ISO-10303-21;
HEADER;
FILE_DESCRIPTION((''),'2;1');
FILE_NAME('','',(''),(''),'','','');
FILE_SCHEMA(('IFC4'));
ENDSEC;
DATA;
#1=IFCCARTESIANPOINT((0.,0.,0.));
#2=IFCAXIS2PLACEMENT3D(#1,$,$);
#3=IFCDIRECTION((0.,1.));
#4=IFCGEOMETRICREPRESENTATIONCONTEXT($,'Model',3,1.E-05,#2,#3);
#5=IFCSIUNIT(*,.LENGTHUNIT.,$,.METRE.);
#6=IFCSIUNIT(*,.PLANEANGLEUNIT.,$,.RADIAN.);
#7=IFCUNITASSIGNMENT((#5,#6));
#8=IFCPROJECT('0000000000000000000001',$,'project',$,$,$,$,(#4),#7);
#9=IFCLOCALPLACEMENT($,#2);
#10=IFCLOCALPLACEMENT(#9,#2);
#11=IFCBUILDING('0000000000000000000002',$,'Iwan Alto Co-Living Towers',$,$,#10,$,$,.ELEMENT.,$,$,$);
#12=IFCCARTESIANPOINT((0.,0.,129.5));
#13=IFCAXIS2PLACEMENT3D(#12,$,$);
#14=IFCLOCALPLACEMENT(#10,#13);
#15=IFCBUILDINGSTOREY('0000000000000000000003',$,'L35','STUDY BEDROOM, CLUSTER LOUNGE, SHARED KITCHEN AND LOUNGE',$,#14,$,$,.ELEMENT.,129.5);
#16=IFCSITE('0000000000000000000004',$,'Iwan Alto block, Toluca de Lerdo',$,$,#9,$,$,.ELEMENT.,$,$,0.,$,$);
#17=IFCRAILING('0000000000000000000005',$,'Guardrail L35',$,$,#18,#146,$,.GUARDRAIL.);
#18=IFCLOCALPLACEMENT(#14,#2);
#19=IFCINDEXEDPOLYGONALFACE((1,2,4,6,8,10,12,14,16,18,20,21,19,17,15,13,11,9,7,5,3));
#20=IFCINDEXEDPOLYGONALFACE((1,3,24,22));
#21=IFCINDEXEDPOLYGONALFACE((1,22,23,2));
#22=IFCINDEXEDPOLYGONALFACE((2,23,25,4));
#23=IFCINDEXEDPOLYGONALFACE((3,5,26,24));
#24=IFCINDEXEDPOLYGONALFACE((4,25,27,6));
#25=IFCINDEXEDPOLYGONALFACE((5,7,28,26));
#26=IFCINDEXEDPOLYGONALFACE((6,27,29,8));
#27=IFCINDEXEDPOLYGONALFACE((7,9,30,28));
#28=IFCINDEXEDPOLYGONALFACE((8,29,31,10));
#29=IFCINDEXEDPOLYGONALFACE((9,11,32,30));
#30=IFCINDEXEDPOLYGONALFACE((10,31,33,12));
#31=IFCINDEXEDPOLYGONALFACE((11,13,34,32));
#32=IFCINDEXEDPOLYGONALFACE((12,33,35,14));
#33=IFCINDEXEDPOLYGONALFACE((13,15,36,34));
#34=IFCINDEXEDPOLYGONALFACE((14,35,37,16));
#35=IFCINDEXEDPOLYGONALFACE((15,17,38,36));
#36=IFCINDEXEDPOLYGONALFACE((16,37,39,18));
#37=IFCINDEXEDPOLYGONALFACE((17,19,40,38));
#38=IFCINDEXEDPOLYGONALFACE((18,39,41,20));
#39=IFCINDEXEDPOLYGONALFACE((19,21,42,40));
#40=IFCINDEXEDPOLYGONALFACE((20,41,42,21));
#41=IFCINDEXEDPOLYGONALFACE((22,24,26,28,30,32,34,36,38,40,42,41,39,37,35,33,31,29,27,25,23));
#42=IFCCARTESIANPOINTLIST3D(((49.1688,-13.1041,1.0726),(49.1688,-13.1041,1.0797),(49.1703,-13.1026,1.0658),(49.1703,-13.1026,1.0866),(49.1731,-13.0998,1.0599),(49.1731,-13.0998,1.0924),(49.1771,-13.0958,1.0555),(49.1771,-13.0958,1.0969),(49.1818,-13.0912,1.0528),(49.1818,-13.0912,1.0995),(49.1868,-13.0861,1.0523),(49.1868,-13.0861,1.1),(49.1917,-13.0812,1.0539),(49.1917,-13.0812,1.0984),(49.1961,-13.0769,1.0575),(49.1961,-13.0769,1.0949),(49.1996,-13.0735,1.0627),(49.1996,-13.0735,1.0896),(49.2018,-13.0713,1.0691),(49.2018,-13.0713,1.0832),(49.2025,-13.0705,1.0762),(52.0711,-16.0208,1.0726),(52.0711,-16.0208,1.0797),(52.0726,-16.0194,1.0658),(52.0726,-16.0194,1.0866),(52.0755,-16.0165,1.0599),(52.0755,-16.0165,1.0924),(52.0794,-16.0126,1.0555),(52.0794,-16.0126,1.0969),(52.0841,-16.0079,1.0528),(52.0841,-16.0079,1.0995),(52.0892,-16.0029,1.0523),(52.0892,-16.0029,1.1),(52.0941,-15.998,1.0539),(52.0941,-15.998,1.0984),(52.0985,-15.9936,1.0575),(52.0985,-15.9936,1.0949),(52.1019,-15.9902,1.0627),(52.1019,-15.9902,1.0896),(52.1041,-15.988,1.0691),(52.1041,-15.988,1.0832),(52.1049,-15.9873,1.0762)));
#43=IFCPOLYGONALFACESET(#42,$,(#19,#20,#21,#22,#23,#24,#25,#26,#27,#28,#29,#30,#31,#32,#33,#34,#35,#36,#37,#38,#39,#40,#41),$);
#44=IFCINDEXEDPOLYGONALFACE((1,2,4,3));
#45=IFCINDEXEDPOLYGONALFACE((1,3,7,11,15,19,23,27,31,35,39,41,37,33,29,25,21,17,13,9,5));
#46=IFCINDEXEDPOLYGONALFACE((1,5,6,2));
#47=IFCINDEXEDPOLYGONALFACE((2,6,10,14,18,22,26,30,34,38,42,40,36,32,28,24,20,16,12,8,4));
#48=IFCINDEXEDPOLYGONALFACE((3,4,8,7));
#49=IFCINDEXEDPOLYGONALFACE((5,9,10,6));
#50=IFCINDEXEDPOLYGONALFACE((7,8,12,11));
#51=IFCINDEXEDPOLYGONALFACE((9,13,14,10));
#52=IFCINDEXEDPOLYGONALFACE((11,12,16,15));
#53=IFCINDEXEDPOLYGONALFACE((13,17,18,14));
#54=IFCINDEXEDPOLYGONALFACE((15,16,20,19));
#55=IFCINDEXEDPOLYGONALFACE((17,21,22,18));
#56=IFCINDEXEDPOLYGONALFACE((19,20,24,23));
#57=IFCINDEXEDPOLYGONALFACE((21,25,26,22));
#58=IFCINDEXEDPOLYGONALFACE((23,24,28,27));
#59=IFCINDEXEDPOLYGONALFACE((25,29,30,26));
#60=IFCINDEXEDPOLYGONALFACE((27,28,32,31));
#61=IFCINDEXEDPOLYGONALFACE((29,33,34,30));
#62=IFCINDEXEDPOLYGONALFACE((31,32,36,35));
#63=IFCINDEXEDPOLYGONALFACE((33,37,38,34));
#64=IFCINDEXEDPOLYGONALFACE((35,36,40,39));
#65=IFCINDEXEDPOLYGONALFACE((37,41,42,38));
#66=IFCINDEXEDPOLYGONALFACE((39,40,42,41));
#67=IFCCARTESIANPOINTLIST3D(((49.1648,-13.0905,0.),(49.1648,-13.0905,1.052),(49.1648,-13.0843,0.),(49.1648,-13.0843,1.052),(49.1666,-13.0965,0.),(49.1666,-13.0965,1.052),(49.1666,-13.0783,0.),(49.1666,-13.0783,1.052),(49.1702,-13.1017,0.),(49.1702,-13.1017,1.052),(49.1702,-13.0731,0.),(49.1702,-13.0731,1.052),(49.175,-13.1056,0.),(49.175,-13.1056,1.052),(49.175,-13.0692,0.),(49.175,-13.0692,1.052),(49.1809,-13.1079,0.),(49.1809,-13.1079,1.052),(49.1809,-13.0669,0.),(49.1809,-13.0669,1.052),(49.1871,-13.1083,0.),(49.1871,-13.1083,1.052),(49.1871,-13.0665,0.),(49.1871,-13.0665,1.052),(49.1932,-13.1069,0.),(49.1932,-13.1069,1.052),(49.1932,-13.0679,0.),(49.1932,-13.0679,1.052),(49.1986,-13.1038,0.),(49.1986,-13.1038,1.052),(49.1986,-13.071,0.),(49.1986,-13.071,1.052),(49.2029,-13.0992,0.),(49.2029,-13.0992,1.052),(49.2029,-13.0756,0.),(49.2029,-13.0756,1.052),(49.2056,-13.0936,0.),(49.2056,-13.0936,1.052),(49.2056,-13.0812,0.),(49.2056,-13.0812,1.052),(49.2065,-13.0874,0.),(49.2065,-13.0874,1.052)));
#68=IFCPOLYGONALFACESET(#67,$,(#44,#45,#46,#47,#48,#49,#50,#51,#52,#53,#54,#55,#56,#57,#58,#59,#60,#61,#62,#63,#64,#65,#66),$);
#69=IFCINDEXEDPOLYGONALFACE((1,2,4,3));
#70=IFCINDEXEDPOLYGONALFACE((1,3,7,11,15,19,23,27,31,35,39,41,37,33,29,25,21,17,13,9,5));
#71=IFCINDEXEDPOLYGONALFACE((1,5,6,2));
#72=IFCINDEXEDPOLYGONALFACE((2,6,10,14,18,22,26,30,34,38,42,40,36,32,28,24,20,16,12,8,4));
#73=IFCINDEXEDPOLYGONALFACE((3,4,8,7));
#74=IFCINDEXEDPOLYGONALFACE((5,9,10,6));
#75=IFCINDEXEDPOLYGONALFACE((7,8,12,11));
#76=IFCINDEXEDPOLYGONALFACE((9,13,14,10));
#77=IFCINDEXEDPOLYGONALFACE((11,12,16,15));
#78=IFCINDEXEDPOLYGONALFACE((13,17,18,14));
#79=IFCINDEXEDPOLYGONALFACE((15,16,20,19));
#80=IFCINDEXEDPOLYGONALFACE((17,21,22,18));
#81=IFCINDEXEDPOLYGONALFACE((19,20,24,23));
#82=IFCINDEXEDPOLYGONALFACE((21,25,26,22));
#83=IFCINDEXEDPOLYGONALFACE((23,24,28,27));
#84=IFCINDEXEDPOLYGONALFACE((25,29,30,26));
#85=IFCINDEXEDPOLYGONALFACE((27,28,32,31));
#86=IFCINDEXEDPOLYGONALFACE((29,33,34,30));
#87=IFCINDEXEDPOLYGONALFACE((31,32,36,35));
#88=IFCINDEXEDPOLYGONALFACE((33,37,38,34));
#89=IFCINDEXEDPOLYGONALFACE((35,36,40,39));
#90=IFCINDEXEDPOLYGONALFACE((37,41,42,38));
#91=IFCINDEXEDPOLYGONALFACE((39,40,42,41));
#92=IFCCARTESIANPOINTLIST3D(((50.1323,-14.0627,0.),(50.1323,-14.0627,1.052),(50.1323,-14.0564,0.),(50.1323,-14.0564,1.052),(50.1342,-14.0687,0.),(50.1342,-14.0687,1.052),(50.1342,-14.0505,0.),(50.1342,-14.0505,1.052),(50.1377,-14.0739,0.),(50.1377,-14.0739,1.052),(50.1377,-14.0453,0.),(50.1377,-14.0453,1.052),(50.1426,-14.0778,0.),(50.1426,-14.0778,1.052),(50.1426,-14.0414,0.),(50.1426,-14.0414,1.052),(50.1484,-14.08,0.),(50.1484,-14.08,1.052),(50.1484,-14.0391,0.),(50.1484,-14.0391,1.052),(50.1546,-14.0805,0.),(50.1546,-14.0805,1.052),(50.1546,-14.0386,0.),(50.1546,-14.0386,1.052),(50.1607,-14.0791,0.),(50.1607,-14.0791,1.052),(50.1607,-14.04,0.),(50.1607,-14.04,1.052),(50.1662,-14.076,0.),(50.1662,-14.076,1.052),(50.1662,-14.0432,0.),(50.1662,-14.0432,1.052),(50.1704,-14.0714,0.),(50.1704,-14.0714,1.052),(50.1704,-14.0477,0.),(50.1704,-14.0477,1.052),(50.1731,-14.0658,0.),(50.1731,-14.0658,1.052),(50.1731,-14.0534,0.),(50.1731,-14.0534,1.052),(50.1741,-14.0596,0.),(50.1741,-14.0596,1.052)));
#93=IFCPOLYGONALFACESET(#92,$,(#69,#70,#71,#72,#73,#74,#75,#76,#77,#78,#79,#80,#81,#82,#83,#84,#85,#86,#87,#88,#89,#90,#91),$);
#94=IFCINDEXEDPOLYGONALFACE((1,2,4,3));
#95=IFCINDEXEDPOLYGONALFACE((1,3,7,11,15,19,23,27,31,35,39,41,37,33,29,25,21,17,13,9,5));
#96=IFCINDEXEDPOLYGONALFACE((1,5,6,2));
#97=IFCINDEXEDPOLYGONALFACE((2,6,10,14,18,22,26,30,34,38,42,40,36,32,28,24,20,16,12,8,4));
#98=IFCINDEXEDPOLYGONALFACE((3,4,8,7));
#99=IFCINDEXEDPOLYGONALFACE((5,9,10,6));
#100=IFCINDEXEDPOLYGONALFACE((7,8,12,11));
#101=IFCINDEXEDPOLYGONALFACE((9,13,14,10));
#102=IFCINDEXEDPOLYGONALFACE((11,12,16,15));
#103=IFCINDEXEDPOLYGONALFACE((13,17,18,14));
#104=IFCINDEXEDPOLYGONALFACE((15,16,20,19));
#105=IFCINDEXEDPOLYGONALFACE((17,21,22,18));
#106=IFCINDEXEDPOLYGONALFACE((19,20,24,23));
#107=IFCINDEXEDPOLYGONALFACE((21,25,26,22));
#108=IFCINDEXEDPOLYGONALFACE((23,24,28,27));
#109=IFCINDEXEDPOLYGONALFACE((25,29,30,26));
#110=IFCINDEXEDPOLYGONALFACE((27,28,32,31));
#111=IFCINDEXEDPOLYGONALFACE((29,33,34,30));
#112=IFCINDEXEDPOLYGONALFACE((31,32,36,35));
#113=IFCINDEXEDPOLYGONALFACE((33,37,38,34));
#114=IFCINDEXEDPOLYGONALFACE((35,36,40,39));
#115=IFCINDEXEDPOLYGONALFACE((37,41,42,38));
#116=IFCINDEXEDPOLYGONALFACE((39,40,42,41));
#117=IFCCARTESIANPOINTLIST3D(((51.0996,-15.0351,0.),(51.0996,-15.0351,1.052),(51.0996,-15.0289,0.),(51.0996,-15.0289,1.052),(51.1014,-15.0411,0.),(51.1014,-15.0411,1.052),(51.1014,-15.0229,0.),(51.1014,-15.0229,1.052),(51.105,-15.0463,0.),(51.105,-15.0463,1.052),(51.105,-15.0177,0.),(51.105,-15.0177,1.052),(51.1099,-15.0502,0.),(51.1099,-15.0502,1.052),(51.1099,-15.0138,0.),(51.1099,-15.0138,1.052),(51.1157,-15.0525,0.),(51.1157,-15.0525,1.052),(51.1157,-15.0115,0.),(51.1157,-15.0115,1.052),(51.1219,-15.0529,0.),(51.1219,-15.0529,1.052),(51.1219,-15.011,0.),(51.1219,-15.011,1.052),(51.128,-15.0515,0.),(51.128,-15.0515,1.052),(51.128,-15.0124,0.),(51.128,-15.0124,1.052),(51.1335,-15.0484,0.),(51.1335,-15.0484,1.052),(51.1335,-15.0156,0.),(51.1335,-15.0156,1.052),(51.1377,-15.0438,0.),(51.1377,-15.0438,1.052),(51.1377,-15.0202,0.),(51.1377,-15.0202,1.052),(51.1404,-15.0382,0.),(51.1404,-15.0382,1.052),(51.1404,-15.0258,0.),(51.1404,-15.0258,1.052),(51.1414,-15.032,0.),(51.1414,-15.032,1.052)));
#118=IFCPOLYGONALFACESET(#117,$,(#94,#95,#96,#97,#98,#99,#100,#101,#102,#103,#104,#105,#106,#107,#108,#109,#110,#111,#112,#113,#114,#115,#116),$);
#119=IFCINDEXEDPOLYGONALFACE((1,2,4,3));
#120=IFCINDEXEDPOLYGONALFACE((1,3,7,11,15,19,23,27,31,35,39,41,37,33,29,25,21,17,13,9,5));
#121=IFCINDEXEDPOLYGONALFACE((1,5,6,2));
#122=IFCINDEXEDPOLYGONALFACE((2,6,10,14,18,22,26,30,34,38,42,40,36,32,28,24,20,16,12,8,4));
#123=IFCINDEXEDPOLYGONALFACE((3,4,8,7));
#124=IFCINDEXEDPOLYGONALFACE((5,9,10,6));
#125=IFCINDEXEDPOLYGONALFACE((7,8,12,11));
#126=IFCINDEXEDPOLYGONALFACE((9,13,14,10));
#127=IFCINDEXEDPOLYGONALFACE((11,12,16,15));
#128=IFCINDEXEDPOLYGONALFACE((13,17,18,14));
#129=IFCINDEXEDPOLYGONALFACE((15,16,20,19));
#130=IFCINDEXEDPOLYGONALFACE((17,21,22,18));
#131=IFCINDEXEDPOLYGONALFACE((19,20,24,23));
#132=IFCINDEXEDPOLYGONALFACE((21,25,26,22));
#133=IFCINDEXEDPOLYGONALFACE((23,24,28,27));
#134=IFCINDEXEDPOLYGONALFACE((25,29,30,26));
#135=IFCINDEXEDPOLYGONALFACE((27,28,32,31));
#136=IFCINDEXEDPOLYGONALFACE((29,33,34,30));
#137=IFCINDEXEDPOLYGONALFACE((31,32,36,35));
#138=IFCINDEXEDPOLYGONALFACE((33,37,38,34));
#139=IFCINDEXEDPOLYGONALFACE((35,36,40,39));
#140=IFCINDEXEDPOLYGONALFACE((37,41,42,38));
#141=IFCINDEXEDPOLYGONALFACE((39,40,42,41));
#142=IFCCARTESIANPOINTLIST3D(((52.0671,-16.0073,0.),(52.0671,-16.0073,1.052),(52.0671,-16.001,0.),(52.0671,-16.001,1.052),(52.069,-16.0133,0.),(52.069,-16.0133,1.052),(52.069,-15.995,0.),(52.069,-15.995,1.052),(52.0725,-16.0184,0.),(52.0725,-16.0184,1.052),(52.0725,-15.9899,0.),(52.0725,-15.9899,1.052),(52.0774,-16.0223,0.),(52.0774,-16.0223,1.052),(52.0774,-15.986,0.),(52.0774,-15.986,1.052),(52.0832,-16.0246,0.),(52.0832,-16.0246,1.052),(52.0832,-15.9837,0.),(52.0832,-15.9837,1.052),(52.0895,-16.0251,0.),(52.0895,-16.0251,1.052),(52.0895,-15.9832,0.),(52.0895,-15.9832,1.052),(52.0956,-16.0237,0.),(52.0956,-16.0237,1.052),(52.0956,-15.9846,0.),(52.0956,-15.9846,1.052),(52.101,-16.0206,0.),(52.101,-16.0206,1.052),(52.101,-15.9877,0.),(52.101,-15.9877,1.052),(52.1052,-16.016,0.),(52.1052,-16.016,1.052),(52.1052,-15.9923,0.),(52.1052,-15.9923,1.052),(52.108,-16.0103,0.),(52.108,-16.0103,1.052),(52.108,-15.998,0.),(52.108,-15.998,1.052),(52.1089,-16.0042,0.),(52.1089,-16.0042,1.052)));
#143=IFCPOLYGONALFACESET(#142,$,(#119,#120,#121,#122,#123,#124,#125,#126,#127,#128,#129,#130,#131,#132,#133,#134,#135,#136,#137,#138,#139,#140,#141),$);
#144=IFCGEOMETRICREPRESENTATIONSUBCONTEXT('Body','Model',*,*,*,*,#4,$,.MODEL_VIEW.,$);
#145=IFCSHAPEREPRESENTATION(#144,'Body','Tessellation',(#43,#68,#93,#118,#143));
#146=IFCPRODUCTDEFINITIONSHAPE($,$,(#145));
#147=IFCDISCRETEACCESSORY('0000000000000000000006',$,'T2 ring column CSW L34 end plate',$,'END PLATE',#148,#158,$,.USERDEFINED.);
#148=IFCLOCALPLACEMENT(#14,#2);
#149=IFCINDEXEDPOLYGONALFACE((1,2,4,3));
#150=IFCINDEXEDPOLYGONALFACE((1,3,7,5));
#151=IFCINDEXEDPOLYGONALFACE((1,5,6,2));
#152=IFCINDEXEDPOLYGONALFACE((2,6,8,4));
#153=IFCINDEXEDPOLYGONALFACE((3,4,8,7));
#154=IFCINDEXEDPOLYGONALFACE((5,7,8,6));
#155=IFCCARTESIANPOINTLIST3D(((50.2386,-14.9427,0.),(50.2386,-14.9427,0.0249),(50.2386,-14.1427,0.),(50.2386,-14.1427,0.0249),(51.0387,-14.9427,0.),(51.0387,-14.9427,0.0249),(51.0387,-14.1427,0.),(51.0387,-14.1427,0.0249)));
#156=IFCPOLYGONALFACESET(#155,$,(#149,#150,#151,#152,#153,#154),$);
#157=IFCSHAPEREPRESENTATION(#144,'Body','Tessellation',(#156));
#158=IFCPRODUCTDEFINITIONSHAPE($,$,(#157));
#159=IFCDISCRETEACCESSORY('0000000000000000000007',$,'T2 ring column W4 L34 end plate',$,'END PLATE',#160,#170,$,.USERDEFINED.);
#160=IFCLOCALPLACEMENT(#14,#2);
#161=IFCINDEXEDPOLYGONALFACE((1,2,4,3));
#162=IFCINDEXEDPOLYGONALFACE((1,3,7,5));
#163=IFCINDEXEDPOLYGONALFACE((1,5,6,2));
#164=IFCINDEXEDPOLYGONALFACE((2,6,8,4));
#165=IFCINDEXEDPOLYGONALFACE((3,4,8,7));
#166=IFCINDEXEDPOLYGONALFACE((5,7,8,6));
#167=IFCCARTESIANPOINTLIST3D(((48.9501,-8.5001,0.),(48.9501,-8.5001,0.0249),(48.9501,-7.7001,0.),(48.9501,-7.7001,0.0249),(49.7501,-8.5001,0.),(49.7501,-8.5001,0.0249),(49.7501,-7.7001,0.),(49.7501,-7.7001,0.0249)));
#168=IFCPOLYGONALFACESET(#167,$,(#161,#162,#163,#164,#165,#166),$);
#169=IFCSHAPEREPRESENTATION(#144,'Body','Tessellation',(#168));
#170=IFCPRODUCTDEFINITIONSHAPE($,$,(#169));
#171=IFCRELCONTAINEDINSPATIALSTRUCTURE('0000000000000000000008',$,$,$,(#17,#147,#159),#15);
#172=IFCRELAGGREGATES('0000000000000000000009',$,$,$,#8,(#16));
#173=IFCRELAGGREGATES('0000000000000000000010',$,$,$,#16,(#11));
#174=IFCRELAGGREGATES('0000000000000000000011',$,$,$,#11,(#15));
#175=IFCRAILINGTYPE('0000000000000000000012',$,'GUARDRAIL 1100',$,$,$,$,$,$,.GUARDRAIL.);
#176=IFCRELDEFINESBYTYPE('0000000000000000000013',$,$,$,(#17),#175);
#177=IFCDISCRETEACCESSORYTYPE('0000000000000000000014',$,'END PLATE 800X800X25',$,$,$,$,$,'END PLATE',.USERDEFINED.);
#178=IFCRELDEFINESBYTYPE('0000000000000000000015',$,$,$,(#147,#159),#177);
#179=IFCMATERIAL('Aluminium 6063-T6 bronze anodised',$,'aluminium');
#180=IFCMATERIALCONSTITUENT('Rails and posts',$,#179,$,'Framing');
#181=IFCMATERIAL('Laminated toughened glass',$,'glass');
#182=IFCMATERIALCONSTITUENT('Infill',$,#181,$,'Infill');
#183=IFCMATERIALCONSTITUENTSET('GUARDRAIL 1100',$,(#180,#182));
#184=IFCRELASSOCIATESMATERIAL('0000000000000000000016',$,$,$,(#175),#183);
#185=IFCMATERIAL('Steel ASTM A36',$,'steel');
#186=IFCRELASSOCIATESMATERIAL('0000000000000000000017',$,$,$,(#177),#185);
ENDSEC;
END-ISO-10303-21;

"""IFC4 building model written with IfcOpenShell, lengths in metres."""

from ifc_helpers import new_model, si_unit, direction, frame, origin, origin_2d, place, context, subcontext, project, spatial, rectangle, circle, extrude, material, constituent, constituent_set, type_object, element, save


model = new_model("IFC4")

# Units and contexts
model_context = context("Model", 3, precision=1e-05, world=origin(), true_north=direction((0.0, 1.0)))
body_context = subcontext(model_context, "Body", "Model", "MODEL_VIEW")
ifc_project = project(units=[si_unit("LENGTHUNIT", "METRE"), si_unit("PLANEANGLEUNIT", "RADIAN")], contexts=[model_context])

# Site, building, storey
site_placement = place(None, origin())
site = spatial("IfcSite", under=ifc_project, at=site_placement, Name="Iwan Alto block, Toluca de Lerdo", CompositionType="ELEMENT", RefElevation=0.0)
building_placement = place(site_placement, origin())
building = spatial("IfcBuilding", under=site, at=building_placement, Name="Iwan Alto Co-Living Towers", CompositionType="ELEMENT")
storey_placement = place(building_placement, frame((0.0, 0.0, 129.5)))
storey = spatial("IfcBuildingStorey", under=building, at=storey_placement, Name="L35", Description="STUDY BEDROOM, CLUSTER LOUNGE, SHARED KITCHEN AND LOUNGE", CompositionType="ELEMENT", Elevation=129.5)

# Railing
ifc_material_1 = material(Name="Aluminium 6063-T6 bronze anodised", Category="aluminium")
ifc_constituent_1 = constituent(ifc_material_1, Name="Rails and posts", Category="Framing")
ifc_material_2 = material(Name="Laminated toughened glass", Category="glass")
ifc_constituent_2 = constituent(ifc_material_2, Name="Infill", Category="Infill")
ifc_constituent_set = constituent_set(constituents=[ifc_constituent_1, ifc_constituent_2], Name="GUARDRAIL 1100")
railing_type_1 = type_object("IfcRailingType", Name="GUARDRAIL 1100", PredefinedType="GUARDRAIL", material=ifc_constituent_set)
railing_1_placement = place(storey_placement, frame((49.1855, -13.0874, 0.0)))
element("IfcRailing", 1, at=railing_1_placement, inside=storey, type_object=railing_type_1, Name="Guardrail L35", PredefinedType="GUARDRAIL", context=body_context, shape_type="SweptSolid", body=[
    extrude(circle(Radius=0.0239, at=origin_2d()), frame((0.0, 0.0, 1.0762), z_axis=(0.705354, -0.708855, 0.0), x_axis=(0.708855, 0.705354, 0.0)), (0.0, 0.0, 1.0), 4.1147),
    extrude(circle(Radius=0.021, at=origin_2d()), origin(), (0.0, 0.0, 1.0), 1.052),
    extrude(circle(Radius=0.021, at=origin_2d()), frame((0.9675, -0.9722, 0.0)), (0.0, 0.0, 1.0), 1.052),
    extrude(circle(Radius=0.021, at=origin_2d()), frame((1.9348, -1.9446, 0.0)), (0.0, 0.0, 1.0), 1.052),
    extrude(circle(Radius=0.021, at=origin_2d()), frame((2.9023, -2.9167, 0.0)), (0.0, 0.0, 1.0), 1.052),
])

# Discrete accessories
ifc_material_3 = material(Name="Steel ASTM A36", Category="steel")
discrete_accessory_type = type_object("IfcDiscreteAccessoryType", Name="END PLATE 800X800X25", ElementType="END PLATE", PredefinedType="USERDEFINED", material=ifc_material_3)
for number, where, z_axis, x_axis, name in (
    (2, (50.6387, -14.5427, 0.0), (0.0, 0.0, 1.0), (1.0, 0.0, 0.0), "T2 ring column CSW L34 end plate"),
    (3, (49.3501, -8.1001, 0.0), (0.0, 0.0, 1.0), (1.0, 0.0, 0.0), "T2 ring column W4 L34 end plate"),
):
    element("IfcDiscreteAccessory", number, at=place(storey_placement, frame(where, z_axis=z_axis, x_axis=x_axis)), inside=storey, type_object=discrete_accessory_type, Name=name, ObjectType="END PLATE", PredefinedType="USERDEFINED", context=body_context, shape_type="SweptSolid", body=[
        extrude(rectangle(XDim=0.8, YDim=0.8, at=origin_2d()), origin(), (0.0, 0.0, 1.0), 0.0249),
    ])

save(model, "model.ifc")
